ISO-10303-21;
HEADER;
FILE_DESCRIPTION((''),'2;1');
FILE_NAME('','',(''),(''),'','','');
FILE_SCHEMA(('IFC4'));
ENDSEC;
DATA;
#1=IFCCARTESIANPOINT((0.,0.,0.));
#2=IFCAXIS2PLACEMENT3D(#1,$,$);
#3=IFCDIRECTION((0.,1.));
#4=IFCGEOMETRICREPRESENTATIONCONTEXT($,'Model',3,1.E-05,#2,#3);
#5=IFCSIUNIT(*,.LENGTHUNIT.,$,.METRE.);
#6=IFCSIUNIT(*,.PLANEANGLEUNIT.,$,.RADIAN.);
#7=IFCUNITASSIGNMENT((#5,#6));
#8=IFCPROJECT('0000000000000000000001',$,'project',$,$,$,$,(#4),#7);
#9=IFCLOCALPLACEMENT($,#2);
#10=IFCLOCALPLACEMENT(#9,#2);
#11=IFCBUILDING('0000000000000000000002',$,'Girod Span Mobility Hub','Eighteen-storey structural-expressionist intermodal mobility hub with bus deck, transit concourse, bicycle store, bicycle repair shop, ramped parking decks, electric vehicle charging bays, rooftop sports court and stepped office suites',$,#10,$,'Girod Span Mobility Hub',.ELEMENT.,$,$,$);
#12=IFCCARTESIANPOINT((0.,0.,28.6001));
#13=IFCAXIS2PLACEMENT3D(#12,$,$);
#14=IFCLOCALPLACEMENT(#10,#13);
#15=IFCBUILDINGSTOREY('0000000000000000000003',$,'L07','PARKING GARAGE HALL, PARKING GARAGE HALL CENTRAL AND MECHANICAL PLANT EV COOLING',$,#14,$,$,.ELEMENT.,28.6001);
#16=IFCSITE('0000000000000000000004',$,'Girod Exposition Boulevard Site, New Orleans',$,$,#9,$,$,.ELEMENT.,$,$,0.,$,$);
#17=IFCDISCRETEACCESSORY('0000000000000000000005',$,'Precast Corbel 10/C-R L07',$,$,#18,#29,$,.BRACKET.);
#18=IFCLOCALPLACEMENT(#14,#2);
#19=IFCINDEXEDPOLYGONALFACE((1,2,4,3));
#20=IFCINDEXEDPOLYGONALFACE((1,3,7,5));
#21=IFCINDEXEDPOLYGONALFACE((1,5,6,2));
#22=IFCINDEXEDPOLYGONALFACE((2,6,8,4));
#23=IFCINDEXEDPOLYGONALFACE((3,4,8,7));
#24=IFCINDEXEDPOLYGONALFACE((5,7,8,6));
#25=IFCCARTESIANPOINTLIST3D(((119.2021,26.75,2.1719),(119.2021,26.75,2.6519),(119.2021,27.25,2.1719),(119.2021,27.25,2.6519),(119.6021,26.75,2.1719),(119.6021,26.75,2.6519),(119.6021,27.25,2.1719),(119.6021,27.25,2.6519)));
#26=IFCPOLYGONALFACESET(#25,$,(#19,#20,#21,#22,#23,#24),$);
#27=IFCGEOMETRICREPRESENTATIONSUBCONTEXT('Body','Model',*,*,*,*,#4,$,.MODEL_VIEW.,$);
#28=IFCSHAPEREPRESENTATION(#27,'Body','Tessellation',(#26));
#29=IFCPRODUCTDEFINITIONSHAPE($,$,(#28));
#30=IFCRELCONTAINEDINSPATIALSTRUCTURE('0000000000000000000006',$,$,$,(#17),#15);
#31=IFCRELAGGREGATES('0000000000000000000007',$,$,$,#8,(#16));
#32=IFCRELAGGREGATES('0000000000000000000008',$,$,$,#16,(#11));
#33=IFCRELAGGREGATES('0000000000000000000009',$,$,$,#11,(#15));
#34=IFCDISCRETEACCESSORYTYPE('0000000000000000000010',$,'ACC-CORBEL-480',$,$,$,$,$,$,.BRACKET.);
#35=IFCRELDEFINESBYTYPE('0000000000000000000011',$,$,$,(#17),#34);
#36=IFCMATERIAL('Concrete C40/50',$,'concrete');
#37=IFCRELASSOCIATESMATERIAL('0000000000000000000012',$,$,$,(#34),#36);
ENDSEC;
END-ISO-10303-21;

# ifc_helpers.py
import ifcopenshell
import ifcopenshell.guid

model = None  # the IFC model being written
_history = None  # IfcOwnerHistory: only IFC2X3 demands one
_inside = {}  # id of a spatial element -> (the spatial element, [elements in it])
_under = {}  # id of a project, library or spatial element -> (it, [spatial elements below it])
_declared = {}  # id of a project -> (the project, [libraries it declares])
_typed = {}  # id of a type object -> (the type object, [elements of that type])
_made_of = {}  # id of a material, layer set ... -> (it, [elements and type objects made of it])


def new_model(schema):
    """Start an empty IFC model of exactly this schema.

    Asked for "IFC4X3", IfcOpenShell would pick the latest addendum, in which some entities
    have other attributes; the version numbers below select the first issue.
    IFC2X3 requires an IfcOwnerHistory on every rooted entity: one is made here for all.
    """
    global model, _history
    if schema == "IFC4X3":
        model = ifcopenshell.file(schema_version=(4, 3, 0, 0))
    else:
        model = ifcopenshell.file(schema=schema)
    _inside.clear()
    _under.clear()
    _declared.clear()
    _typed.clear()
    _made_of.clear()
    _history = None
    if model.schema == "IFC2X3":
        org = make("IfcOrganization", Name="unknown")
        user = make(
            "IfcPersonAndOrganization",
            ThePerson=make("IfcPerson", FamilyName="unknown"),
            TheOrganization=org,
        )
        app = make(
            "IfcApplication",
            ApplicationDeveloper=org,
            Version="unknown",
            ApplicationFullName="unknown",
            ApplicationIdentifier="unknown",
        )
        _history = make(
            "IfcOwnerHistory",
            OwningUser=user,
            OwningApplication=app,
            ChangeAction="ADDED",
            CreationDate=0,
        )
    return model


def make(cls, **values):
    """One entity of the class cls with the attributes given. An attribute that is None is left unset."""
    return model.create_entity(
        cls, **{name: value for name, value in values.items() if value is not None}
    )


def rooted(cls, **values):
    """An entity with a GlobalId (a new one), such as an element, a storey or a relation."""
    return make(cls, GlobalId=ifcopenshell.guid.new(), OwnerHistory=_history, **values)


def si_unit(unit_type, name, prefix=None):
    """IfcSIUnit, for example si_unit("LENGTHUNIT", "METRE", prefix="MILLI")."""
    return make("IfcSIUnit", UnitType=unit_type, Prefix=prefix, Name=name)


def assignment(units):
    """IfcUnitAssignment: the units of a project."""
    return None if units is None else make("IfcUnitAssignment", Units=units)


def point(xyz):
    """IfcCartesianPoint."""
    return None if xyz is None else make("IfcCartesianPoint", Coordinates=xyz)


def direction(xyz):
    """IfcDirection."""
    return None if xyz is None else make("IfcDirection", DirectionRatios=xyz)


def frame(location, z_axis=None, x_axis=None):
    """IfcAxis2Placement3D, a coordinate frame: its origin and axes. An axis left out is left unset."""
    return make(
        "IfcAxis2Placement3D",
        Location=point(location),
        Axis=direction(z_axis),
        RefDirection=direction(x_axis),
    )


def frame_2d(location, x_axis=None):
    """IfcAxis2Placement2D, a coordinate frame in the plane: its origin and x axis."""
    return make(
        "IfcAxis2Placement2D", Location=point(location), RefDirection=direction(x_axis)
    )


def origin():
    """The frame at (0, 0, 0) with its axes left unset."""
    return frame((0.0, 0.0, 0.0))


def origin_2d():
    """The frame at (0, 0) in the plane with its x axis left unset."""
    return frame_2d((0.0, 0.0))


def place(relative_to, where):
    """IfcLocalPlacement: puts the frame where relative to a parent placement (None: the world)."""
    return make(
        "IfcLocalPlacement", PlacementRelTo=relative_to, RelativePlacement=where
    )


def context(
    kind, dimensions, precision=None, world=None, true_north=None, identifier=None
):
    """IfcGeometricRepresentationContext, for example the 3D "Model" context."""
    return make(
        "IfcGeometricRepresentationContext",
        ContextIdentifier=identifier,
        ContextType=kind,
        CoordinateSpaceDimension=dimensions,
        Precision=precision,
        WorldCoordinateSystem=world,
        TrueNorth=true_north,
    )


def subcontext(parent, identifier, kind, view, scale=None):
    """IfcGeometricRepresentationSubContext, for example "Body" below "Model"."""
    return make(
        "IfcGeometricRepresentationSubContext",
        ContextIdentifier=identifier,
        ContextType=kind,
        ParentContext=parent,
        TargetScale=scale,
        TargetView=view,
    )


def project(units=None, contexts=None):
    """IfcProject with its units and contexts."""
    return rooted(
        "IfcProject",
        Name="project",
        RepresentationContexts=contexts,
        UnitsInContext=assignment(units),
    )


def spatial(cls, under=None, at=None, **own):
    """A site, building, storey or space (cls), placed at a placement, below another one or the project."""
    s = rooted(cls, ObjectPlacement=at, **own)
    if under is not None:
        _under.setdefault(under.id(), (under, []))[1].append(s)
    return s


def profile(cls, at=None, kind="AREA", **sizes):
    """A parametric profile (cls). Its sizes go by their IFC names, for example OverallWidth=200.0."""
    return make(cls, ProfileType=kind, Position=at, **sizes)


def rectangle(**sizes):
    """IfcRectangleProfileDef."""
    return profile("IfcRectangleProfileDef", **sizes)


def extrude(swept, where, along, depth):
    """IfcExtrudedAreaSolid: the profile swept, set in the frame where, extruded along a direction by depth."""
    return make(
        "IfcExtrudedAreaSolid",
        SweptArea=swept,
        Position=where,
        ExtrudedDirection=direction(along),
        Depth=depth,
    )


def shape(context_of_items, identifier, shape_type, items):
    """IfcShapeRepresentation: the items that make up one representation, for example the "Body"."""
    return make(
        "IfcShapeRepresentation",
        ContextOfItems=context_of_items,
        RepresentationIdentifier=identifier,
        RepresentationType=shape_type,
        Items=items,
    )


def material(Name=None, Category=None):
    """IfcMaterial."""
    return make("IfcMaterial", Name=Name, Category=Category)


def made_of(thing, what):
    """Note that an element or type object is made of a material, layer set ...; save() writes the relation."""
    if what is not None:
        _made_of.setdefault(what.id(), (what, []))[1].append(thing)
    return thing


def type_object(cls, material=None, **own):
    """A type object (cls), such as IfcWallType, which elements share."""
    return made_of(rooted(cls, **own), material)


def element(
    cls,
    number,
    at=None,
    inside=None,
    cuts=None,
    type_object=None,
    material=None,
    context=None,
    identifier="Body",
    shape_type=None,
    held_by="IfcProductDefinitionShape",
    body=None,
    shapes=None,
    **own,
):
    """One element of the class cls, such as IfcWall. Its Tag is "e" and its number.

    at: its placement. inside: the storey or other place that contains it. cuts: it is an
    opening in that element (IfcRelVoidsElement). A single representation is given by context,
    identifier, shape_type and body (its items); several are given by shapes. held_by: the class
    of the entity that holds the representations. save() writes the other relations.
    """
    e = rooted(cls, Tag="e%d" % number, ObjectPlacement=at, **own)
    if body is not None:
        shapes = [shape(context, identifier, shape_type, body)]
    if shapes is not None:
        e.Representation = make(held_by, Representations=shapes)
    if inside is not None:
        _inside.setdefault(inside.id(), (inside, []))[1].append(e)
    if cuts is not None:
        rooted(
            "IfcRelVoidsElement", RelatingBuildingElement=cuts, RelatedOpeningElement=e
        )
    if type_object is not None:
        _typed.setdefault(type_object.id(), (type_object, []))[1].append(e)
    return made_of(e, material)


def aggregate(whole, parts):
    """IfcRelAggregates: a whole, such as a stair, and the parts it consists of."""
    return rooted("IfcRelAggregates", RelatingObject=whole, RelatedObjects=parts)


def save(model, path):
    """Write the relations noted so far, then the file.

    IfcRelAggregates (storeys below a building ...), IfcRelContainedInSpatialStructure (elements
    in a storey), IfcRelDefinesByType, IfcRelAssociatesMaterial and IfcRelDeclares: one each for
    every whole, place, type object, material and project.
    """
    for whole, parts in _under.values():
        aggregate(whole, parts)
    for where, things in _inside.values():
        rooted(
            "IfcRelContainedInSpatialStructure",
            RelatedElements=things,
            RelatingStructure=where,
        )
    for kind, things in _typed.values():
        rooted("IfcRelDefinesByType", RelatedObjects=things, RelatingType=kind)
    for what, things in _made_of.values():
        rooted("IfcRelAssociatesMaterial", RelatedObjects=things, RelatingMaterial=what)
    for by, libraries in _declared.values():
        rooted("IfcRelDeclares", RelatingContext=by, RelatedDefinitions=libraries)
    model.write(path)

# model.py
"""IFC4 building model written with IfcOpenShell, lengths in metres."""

from ifc_helpers import new_model, si_unit, direction, frame, origin, origin_2d, place, context, subcontext, project, spatial, rectangle, extrude, material, type_object, element, save


model = new_model("IFC4")

# Units and contexts
model_context = context("Model", 3, precision=1e-05, world=origin(), true_north=direction((0.0, 1.0)))
body_context = subcontext(model_context, "Body", "Model", "MODEL_VIEW")
ifc_project = project(units=[si_unit("LENGTHUNIT", "METRE"), si_unit("PLANEANGLEUNIT", "RADIAN")], contexts=[model_context])

# Site, building, storey
site_placement = place(None, origin())
site = spatial("IfcSite", under=ifc_project, at=site_placement, Name="Girod Exposition Boulevard Site, New Orleans", CompositionType="ELEMENT", RefElevation=0.0)
building_placement = place(site_placement, origin())
building = spatial("IfcBuilding", under=site, at=building_placement, Name="Girod Span Mobility Hub", Description="Eighteen-storey structural-expressionist intermodal mobility hub with bus deck, transit concourse, bicycle store, bicycle repair shop, ramped parking decks, electric vehicle charging bays, rooftop sports court and stepped office suites", LongName="Girod Span Mobility Hub", CompositionType="ELEMENT")
storey_placement = place(building_placement, frame((0.0, 0.0, 28.6001)))
storey = spatial("IfcBuildingStorey", under=building, at=storey_placement, Name="L07", Description="PARKING GARAGE HALL, PARKING GARAGE HALL CENTRAL AND MECHANICAL PLANT EV COOLING", CompositionType="ELEMENT", Elevation=28.6001)

# Discrete accessory
ifc_material_1 = material(Name="Concrete C40/50", Category="concrete")
discrete_accessory_type = type_object("IfcDiscreteAccessoryType", Name="ACC-CORBEL-480", PredefinedType="BRACKET", material=ifc_material_1)
for number, where, z_axis, x_axis, name in (
    (1, (119.4021, 27.0, 2.1719), (0.0, 0.0, 1.0), (1.0, 0.0, 0.0), "Precast Corbel 10/C-R L07"),
):
    element("IfcDiscreteAccessory", number, at=place(storey_placement, frame(where, z_axis=z_axis, x_axis=x_axis)), inside=storey, type_object=discrete_accessory_type, Name=name, PredefinedType="BRACKET", context=body_context, shape_type="SweptSolid", body=[
        extrude(rectangle(XDim=0.3999, YDim=0.5, at=origin_2d()), origin(), (0.0, 0.0, 1.0), 0.48),
    ])

save(model, "model.ifc")
